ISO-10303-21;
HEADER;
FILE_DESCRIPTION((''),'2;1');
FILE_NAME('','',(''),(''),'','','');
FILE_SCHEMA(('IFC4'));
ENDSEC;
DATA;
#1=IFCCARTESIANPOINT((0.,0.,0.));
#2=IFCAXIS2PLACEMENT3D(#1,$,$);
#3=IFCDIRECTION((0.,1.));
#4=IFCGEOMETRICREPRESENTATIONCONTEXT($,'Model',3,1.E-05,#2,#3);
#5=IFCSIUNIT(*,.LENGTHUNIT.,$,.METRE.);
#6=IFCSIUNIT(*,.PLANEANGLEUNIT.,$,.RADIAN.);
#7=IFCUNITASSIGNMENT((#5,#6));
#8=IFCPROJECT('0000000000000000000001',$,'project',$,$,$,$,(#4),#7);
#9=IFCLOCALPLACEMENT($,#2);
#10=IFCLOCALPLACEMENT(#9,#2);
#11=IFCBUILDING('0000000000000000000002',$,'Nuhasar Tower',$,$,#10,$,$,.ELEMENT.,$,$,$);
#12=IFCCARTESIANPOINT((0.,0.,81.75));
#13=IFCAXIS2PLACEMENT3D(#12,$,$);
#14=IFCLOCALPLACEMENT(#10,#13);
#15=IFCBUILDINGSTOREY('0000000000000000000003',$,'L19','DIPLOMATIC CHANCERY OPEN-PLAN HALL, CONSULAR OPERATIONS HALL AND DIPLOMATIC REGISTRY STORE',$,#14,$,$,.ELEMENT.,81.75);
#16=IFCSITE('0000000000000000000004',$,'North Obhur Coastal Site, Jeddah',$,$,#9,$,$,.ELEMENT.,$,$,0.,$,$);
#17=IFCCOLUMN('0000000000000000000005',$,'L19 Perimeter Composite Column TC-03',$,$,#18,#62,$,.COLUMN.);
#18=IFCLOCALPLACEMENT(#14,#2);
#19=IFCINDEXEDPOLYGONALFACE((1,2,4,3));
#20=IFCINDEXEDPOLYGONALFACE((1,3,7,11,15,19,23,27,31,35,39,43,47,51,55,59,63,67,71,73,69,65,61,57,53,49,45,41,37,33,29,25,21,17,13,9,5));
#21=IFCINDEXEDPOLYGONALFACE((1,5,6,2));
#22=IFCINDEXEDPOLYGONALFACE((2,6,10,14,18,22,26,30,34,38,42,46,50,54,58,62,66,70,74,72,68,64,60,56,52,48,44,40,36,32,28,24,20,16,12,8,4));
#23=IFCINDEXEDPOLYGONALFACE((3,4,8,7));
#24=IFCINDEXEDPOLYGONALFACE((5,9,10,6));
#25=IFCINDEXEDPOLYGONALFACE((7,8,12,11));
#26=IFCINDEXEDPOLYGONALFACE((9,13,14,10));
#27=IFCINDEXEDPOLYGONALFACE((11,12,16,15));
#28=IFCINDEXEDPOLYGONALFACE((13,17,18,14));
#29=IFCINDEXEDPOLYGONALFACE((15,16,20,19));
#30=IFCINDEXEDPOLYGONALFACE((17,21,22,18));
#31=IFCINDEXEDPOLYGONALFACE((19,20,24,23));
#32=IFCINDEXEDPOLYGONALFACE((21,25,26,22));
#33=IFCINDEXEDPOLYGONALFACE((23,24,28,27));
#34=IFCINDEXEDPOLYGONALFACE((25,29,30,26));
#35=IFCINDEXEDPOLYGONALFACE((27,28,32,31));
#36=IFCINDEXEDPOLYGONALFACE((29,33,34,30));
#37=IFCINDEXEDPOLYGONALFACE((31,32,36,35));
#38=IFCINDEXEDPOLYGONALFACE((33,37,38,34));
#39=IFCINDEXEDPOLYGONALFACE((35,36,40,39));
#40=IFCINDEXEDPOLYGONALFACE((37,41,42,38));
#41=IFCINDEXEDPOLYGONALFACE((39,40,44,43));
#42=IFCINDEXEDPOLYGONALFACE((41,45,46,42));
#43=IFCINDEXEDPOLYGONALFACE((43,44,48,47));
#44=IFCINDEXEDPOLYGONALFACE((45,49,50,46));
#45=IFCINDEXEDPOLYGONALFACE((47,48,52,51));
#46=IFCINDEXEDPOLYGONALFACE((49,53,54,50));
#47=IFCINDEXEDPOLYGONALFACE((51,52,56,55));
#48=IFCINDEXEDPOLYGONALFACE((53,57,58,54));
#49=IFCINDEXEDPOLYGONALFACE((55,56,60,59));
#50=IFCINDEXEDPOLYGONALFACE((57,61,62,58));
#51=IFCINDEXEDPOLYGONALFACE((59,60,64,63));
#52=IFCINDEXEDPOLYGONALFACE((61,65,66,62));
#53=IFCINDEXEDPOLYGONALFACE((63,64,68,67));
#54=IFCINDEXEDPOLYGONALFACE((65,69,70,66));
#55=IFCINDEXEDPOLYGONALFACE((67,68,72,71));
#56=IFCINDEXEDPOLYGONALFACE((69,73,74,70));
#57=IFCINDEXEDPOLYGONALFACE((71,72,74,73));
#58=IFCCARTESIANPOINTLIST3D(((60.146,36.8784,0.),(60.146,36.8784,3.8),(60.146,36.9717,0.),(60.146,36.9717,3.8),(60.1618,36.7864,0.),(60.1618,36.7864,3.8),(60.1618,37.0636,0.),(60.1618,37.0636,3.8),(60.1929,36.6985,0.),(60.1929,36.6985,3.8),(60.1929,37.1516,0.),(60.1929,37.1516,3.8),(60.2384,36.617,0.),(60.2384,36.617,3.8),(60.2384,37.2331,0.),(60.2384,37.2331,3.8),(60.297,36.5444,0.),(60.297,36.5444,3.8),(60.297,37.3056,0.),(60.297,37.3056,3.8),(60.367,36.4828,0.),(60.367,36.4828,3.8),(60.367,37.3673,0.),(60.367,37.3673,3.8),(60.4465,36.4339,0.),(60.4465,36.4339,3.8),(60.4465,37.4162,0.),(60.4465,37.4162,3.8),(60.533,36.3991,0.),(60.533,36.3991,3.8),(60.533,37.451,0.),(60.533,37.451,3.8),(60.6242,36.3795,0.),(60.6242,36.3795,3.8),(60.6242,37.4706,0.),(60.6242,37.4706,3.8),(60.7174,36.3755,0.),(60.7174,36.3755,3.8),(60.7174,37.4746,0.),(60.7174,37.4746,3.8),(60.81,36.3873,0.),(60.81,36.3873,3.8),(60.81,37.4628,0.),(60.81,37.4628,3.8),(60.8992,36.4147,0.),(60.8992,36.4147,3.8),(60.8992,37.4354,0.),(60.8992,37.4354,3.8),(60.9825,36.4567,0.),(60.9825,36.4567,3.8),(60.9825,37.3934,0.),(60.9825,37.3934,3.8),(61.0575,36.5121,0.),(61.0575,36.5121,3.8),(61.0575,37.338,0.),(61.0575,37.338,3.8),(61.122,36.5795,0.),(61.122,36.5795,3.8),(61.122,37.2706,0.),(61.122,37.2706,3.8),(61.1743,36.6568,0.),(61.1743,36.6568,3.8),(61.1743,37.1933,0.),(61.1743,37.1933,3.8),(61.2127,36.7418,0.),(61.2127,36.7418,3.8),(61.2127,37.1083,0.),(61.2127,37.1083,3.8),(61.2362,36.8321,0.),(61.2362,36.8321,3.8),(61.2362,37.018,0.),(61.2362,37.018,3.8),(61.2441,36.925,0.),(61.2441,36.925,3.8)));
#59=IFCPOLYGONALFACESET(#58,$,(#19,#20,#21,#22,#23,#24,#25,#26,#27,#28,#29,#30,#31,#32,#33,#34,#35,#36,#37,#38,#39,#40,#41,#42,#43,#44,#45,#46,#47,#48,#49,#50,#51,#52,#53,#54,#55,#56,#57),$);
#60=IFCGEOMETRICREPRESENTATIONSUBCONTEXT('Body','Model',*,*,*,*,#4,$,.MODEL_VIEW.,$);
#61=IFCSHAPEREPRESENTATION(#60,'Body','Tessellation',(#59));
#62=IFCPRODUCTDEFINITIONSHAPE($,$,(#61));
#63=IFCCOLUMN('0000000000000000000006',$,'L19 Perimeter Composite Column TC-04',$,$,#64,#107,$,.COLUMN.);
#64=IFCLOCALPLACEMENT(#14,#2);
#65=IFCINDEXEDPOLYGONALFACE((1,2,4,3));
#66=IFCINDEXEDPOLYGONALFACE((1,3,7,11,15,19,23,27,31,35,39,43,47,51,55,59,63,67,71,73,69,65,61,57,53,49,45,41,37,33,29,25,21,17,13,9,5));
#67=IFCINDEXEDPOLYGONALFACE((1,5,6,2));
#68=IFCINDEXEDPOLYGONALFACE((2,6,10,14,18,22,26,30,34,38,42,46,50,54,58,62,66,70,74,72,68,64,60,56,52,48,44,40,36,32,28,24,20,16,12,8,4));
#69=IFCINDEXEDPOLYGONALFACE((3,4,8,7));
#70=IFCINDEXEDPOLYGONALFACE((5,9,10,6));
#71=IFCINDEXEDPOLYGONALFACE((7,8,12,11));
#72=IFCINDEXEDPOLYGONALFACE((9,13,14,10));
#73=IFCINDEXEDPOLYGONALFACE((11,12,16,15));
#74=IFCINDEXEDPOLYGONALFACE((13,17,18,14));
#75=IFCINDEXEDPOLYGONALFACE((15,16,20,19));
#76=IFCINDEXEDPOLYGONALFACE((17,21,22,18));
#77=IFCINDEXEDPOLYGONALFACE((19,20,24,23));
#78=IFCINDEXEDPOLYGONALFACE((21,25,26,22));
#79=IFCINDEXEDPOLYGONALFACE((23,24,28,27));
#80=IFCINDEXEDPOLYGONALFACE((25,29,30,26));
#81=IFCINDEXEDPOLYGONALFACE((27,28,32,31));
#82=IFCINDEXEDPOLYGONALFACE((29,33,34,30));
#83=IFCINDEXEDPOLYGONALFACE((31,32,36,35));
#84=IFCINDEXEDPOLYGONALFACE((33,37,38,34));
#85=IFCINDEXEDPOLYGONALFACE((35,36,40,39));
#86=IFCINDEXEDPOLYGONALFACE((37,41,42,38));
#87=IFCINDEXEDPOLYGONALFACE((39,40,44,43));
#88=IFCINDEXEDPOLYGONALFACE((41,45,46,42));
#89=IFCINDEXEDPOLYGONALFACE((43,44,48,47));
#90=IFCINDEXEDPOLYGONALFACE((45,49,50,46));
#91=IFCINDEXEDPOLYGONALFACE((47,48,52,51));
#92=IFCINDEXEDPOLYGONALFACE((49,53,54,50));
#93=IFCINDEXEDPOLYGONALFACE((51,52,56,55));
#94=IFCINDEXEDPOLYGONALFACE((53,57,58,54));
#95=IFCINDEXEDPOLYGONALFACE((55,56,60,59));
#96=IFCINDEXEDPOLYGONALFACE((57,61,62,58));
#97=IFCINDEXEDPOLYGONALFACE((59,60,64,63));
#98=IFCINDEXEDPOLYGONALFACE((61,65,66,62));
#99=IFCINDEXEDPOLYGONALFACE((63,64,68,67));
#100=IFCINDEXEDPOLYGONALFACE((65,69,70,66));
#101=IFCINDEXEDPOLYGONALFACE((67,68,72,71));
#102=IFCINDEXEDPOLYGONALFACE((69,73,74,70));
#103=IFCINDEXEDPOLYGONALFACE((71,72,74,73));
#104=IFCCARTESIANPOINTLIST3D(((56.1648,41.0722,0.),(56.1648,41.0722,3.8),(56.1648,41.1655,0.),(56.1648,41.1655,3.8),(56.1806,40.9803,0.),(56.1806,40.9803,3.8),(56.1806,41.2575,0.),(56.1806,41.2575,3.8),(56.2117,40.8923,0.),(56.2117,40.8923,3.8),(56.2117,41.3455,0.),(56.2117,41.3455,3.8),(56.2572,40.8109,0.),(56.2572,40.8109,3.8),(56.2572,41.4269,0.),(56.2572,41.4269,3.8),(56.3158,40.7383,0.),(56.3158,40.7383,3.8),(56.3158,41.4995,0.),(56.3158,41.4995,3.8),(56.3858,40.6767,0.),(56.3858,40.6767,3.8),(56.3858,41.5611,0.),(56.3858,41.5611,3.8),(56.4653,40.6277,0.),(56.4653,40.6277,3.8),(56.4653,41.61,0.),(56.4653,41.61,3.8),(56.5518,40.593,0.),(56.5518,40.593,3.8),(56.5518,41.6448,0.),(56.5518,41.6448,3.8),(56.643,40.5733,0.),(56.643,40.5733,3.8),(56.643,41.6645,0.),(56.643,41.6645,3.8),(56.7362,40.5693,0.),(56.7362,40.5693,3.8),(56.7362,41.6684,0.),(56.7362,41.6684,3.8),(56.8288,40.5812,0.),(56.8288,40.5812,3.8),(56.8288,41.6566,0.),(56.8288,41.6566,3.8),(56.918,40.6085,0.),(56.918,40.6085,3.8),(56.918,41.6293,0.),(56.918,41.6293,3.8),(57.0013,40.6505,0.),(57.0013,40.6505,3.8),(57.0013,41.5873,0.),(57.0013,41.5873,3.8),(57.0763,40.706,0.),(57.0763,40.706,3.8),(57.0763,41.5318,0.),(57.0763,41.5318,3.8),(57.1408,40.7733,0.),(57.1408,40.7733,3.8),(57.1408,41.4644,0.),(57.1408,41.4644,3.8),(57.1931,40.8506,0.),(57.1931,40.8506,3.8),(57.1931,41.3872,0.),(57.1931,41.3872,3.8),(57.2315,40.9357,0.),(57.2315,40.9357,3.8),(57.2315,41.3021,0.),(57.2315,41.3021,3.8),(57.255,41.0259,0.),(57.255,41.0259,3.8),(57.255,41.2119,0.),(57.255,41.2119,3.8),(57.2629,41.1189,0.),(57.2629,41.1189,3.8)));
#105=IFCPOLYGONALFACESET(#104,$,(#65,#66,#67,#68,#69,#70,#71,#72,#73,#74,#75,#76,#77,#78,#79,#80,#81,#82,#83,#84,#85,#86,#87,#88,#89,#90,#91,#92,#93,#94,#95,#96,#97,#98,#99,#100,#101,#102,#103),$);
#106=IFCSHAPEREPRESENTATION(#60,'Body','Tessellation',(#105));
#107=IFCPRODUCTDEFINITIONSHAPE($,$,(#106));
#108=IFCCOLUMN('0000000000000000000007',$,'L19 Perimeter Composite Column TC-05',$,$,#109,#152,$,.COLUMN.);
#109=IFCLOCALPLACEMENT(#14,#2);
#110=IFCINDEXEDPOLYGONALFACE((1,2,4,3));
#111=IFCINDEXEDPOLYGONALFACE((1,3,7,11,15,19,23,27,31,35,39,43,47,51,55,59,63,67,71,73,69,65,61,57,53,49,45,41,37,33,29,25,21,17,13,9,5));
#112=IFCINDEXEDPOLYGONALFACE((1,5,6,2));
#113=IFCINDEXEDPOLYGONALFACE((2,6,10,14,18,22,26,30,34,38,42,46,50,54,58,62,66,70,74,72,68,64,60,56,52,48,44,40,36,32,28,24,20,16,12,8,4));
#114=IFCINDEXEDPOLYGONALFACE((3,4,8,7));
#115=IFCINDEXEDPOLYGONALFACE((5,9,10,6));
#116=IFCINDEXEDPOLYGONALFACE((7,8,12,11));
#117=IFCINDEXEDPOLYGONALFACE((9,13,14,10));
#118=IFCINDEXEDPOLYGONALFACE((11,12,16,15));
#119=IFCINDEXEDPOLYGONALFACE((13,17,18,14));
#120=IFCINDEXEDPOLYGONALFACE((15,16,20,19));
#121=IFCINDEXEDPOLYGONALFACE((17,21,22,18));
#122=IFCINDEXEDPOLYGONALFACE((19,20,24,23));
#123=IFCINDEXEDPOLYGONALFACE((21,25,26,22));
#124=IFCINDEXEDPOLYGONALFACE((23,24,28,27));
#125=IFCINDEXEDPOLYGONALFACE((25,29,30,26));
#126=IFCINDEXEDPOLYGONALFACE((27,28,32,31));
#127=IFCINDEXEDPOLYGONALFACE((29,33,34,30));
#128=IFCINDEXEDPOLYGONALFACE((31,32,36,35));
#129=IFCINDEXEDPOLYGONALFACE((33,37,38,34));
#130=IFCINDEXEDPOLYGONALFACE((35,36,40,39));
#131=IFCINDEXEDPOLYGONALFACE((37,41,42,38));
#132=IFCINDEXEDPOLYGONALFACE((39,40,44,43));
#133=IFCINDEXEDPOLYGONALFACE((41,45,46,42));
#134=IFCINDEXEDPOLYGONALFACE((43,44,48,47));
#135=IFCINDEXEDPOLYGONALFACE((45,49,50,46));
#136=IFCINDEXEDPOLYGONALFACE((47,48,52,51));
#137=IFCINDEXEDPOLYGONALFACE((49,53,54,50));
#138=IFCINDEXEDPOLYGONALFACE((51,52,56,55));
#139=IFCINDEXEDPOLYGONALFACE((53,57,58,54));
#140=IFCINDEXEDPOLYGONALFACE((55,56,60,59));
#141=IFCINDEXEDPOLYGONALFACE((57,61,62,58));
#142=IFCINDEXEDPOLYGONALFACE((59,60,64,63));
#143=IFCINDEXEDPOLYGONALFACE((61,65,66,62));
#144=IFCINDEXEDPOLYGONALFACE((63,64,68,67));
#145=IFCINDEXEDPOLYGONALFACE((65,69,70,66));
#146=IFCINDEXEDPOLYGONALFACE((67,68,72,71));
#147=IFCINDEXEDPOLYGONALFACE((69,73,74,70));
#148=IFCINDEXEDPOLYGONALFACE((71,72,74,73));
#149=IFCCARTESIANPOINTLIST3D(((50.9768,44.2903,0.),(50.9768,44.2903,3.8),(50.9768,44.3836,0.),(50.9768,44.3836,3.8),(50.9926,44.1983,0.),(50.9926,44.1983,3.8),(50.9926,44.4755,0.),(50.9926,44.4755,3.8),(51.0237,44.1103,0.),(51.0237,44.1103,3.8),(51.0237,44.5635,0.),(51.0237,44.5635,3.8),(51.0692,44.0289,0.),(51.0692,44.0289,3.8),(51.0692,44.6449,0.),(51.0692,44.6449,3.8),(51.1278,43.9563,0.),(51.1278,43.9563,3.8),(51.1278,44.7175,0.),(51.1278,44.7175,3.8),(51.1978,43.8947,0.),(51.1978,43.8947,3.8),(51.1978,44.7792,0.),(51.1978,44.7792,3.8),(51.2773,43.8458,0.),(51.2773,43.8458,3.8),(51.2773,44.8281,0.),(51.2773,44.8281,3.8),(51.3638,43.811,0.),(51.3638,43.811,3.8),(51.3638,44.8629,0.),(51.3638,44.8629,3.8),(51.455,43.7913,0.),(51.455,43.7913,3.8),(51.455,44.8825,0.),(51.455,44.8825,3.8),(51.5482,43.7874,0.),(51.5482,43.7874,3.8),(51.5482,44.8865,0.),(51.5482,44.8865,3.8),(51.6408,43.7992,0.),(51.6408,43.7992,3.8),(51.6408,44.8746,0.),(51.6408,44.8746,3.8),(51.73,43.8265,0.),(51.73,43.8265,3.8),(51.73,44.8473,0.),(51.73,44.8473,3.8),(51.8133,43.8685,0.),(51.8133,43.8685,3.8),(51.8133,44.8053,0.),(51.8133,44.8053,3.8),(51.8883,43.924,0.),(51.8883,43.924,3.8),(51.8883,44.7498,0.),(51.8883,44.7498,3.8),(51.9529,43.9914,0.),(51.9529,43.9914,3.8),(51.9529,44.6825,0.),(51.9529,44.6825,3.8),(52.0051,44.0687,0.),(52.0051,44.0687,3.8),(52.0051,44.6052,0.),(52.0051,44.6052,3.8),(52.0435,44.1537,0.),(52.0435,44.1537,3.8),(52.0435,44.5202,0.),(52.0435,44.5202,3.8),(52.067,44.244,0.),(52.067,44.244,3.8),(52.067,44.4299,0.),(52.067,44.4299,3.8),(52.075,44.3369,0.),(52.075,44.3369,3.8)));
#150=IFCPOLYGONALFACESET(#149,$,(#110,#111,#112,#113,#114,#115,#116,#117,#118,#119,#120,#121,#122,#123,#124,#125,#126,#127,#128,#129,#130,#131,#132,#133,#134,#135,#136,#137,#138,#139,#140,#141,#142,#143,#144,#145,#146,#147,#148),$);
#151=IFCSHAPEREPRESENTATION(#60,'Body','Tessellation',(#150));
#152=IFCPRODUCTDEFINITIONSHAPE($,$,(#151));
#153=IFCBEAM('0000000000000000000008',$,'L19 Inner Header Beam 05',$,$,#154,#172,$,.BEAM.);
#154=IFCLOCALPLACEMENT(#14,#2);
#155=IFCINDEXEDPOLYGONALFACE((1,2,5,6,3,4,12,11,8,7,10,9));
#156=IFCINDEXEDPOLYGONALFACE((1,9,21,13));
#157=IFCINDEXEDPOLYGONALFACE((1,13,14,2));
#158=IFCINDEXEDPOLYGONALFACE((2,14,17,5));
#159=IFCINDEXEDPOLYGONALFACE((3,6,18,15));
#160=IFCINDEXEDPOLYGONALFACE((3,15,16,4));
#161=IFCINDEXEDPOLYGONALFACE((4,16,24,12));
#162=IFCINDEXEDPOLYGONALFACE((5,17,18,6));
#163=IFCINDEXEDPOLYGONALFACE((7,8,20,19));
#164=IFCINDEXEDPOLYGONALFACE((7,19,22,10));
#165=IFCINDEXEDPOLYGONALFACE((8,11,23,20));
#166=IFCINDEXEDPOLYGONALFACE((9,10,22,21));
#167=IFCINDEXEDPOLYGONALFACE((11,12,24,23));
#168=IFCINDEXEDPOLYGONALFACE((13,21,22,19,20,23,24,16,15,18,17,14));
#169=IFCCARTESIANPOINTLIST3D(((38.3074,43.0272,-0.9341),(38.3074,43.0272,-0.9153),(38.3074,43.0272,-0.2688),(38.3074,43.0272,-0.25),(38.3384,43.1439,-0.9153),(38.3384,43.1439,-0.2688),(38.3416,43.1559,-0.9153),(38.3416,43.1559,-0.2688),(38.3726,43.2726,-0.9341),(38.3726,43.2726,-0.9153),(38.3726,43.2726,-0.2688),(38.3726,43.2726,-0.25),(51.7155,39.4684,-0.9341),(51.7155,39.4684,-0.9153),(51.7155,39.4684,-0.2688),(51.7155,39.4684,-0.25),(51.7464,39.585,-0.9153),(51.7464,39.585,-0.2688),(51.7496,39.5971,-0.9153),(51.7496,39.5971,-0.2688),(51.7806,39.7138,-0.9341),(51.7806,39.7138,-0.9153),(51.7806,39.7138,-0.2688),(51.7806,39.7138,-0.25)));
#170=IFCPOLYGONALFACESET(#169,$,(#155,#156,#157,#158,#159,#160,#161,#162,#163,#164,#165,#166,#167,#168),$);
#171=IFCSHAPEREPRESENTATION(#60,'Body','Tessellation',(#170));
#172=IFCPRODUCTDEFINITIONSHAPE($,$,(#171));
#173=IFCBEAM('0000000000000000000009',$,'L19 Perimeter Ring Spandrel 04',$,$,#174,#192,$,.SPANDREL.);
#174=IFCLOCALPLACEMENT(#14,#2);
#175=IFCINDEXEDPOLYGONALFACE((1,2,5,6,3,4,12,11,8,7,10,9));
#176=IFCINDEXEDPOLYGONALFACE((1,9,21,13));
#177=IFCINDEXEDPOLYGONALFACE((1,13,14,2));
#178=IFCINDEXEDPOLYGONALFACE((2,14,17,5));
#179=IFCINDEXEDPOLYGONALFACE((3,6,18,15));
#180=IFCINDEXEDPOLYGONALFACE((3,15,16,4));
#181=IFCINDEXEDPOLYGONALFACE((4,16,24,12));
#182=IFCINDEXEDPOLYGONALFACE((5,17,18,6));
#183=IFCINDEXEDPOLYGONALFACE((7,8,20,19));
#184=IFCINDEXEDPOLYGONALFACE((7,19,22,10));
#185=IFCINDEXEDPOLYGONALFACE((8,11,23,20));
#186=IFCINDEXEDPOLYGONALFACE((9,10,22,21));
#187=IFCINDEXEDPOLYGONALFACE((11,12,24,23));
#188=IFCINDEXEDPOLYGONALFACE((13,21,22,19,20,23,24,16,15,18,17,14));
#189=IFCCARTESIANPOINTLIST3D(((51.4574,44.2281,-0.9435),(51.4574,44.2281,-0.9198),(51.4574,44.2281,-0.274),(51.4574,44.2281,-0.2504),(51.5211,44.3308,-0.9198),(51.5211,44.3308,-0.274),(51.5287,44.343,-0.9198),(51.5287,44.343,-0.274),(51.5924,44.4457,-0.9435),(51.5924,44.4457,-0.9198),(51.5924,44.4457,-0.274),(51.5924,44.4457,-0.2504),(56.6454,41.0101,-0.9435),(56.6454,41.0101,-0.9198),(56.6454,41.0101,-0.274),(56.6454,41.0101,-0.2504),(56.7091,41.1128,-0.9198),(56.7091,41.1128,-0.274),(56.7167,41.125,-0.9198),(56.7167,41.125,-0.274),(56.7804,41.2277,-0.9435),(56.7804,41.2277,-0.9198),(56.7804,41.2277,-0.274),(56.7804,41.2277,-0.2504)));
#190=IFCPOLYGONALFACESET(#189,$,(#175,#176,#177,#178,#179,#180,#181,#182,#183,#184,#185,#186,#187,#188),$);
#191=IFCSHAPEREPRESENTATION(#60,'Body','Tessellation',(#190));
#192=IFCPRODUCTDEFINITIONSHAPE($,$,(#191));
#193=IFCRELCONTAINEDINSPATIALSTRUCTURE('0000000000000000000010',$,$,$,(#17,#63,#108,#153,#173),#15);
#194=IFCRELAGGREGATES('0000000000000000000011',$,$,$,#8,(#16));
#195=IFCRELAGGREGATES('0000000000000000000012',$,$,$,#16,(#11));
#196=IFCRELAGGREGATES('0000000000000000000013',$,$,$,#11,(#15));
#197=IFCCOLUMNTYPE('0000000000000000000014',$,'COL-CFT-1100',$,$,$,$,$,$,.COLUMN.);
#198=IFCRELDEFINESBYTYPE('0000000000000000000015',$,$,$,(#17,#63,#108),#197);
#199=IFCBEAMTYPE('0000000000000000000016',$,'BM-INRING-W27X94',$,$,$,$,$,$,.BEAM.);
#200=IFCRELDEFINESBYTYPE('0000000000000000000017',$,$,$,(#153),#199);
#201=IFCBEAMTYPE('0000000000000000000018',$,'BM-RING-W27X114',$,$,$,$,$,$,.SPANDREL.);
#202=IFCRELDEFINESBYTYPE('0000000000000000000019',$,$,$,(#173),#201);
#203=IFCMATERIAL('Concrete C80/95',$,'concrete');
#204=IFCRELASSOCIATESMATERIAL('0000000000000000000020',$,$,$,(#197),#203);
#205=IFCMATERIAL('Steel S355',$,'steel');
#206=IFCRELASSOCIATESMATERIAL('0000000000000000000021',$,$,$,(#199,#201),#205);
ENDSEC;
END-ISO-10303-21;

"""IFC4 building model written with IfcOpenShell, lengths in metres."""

from ifc_helpers import new_model, si_unit, direction, frame, origin, origin_2d, place, context, subcontext, project, spatial, circle, i_section, extrude, material, material_profile, profile_set, type_object, element, save


model = new_model("IFC4")

# Units and contexts
model_context = context("Model", 3, precision=1e-05, world=origin(), true_north=direction((0.0, 1.0)))
body_context = subcontext(model_context, "Body", "Model", "MODEL_VIEW")
ifc_project = project(units=[si_unit("LENGTHUNIT", "METRE"), si_unit("PLANEANGLEUNIT", "RADIAN")], contexts=[model_context])

# Site, building, storey
site_placement = place(None, origin())
site = spatial("IfcSite", under=ifc_project, at=site_placement, Name="North Obhur Coastal Site, Jeddah", CompositionType="ELEMENT", RefElevation=0.0)
building_placement = place(site_placement, origin())
building = spatial("IfcBuilding", under=site, at=building_placement, Name="Nuhasar Tower", CompositionType="ELEMENT")
storey_placement = place(building_placement, frame((0.0, 0.0, 81.75)))
storey = spatial("IfcBuildingStorey", under=building, at=storey_placement, Name="L19", Description="DIPLOMATIC CHANCERY OPEN-PLAN HALL, CONSULAR OPERATIONS HALL AND DIPLOMATIC REGISTRY STORE", CompositionType="ELEMENT", Elevation=81.75)

# Columns
ifc_material_1 = material(Name="Concrete C80/95", Category="concrete")
ifc_material_profile_1 = material_profile(ifc_material_1, circle(Radius=0.55, at=origin_2d()), Name="CFT1100")
ifc_profile_set_1 = profile_set([ifc_material_profile_1], Name="Concrete C80/95")
column_type = type_object("IfcColumnType", Name="COL-CFT-1100", PredefinedType="COLUMN", material=ifc_profile_set_1)
for number, where, z_axis, x_axis, name in (
    (1, (60.6941, 36.925, 0.0), (0.0, 0.0, 1.0), (1.0, 0.0, 0.0), "L19 Perimeter Composite Column TC-03"),
    (2, (56.7129, 41.1189, 0.0), (0.0, 0.0, 1.0), (1.0, 0.0, 0.0), "L19 Perimeter Composite Column TC-04"),
    (3, (51.5249, 44.3369, 0.0), (0.0, 0.0, 1.0), (1.0, 0.0, 0.0), "L19 Perimeter Composite Column TC-05"),
):
    element("IfcColumn", number, at=place(storey_placement, frame(where, z_axis=z_axis, x_axis=x_axis)), inside=storey, type_object=column_type, Name=name, PredefinedType="COLUMN", context=body_context, shape_type="SweptSolid", body=[
        extrude(circle(Radius=0.55, at=origin_2d()), origin(), (0.0, 0.0, 1.0), 3.8),
    ])

# Beams
ifc_material_2 = material(Name="Steel S355", Category="steel")
ifc_material_profile_2 = material_profile(ifc_material_2, i_section(OverallWidth=0.2539, OverallDepth=0.6841, WebThickness=0.0125, FlangeThickness=0.0188, at=origin_2d()), Name="W27X94")
ifc_profile_set_2 = profile_set([ifc_material_profile_2], Name="Steel S355")
beam_type_1 = type_object("IfcBeamType", Name="BM-INRING-W27X94", PredefinedType="BEAM", material=ifc_profile_set_2)
beam_1_placement = place(storey_placement, frame((51.748, 39.5911, -0.592), z_axis=(-0.966533, 0.256544, 0.0), x_axis=(-0.256544, -0.966533, 0.0)))
element("IfcBeam", 4, at=beam_1_placement, inside=storey, type_object=beam_type_1, Name="L19 Inner Header Beam 05", PredefinedType="BEAM", context=body_context, shape_type="SweptSolid", body=[
    extrude(i_section(OverallWidth=0.2539, OverallDepth=0.6841, WebThickness=0.0125, FlangeThickness=0.0188, at=origin_2d()), origin(), (0.0, 0.0, 1.0), 13.8723),
])
ifc_material_profile_3 = material_profile(ifc_material_2, i_section(OverallWidth=0.2561, OverallDepth=0.6931, WebThickness=0.0144, FlangeThickness=0.0237, at=origin_2d()), Name="W27X114")
ifc_profile_set_3 = profile_set([ifc_material_profile_3], Name="Steel S355")
beam_type_2 = type_object("IfcBeamType", Name="BM-RING-W27X114", PredefinedType="SPANDREL", material=ifc_profile_set_3)
beam_2_placement = place(storey_placement, frame((56.7129, 41.1189, -0.5969), z_axis=(-0.849795, 0.527113, 0.0), x_axis=(-0.527113, -0.849795, 0.0)))
element("IfcBeam", 5, at=beam_2_placement, inside=storey, type_object=beam_type_2, Name="L19 Perimeter Ring Spandrel 04", PredefinedType="SPANDREL", context=body_context, shape_type="SweptSolid", body=[
    extrude(i_section(OverallWidth=0.2561, OverallDepth=0.6931, WebThickness=0.0144, FlangeThickness=0.0237, at=origin_2d()), origin(), (0.0, 0.0, 1.0), 6.105),
])

save(model, "model.ifc")
